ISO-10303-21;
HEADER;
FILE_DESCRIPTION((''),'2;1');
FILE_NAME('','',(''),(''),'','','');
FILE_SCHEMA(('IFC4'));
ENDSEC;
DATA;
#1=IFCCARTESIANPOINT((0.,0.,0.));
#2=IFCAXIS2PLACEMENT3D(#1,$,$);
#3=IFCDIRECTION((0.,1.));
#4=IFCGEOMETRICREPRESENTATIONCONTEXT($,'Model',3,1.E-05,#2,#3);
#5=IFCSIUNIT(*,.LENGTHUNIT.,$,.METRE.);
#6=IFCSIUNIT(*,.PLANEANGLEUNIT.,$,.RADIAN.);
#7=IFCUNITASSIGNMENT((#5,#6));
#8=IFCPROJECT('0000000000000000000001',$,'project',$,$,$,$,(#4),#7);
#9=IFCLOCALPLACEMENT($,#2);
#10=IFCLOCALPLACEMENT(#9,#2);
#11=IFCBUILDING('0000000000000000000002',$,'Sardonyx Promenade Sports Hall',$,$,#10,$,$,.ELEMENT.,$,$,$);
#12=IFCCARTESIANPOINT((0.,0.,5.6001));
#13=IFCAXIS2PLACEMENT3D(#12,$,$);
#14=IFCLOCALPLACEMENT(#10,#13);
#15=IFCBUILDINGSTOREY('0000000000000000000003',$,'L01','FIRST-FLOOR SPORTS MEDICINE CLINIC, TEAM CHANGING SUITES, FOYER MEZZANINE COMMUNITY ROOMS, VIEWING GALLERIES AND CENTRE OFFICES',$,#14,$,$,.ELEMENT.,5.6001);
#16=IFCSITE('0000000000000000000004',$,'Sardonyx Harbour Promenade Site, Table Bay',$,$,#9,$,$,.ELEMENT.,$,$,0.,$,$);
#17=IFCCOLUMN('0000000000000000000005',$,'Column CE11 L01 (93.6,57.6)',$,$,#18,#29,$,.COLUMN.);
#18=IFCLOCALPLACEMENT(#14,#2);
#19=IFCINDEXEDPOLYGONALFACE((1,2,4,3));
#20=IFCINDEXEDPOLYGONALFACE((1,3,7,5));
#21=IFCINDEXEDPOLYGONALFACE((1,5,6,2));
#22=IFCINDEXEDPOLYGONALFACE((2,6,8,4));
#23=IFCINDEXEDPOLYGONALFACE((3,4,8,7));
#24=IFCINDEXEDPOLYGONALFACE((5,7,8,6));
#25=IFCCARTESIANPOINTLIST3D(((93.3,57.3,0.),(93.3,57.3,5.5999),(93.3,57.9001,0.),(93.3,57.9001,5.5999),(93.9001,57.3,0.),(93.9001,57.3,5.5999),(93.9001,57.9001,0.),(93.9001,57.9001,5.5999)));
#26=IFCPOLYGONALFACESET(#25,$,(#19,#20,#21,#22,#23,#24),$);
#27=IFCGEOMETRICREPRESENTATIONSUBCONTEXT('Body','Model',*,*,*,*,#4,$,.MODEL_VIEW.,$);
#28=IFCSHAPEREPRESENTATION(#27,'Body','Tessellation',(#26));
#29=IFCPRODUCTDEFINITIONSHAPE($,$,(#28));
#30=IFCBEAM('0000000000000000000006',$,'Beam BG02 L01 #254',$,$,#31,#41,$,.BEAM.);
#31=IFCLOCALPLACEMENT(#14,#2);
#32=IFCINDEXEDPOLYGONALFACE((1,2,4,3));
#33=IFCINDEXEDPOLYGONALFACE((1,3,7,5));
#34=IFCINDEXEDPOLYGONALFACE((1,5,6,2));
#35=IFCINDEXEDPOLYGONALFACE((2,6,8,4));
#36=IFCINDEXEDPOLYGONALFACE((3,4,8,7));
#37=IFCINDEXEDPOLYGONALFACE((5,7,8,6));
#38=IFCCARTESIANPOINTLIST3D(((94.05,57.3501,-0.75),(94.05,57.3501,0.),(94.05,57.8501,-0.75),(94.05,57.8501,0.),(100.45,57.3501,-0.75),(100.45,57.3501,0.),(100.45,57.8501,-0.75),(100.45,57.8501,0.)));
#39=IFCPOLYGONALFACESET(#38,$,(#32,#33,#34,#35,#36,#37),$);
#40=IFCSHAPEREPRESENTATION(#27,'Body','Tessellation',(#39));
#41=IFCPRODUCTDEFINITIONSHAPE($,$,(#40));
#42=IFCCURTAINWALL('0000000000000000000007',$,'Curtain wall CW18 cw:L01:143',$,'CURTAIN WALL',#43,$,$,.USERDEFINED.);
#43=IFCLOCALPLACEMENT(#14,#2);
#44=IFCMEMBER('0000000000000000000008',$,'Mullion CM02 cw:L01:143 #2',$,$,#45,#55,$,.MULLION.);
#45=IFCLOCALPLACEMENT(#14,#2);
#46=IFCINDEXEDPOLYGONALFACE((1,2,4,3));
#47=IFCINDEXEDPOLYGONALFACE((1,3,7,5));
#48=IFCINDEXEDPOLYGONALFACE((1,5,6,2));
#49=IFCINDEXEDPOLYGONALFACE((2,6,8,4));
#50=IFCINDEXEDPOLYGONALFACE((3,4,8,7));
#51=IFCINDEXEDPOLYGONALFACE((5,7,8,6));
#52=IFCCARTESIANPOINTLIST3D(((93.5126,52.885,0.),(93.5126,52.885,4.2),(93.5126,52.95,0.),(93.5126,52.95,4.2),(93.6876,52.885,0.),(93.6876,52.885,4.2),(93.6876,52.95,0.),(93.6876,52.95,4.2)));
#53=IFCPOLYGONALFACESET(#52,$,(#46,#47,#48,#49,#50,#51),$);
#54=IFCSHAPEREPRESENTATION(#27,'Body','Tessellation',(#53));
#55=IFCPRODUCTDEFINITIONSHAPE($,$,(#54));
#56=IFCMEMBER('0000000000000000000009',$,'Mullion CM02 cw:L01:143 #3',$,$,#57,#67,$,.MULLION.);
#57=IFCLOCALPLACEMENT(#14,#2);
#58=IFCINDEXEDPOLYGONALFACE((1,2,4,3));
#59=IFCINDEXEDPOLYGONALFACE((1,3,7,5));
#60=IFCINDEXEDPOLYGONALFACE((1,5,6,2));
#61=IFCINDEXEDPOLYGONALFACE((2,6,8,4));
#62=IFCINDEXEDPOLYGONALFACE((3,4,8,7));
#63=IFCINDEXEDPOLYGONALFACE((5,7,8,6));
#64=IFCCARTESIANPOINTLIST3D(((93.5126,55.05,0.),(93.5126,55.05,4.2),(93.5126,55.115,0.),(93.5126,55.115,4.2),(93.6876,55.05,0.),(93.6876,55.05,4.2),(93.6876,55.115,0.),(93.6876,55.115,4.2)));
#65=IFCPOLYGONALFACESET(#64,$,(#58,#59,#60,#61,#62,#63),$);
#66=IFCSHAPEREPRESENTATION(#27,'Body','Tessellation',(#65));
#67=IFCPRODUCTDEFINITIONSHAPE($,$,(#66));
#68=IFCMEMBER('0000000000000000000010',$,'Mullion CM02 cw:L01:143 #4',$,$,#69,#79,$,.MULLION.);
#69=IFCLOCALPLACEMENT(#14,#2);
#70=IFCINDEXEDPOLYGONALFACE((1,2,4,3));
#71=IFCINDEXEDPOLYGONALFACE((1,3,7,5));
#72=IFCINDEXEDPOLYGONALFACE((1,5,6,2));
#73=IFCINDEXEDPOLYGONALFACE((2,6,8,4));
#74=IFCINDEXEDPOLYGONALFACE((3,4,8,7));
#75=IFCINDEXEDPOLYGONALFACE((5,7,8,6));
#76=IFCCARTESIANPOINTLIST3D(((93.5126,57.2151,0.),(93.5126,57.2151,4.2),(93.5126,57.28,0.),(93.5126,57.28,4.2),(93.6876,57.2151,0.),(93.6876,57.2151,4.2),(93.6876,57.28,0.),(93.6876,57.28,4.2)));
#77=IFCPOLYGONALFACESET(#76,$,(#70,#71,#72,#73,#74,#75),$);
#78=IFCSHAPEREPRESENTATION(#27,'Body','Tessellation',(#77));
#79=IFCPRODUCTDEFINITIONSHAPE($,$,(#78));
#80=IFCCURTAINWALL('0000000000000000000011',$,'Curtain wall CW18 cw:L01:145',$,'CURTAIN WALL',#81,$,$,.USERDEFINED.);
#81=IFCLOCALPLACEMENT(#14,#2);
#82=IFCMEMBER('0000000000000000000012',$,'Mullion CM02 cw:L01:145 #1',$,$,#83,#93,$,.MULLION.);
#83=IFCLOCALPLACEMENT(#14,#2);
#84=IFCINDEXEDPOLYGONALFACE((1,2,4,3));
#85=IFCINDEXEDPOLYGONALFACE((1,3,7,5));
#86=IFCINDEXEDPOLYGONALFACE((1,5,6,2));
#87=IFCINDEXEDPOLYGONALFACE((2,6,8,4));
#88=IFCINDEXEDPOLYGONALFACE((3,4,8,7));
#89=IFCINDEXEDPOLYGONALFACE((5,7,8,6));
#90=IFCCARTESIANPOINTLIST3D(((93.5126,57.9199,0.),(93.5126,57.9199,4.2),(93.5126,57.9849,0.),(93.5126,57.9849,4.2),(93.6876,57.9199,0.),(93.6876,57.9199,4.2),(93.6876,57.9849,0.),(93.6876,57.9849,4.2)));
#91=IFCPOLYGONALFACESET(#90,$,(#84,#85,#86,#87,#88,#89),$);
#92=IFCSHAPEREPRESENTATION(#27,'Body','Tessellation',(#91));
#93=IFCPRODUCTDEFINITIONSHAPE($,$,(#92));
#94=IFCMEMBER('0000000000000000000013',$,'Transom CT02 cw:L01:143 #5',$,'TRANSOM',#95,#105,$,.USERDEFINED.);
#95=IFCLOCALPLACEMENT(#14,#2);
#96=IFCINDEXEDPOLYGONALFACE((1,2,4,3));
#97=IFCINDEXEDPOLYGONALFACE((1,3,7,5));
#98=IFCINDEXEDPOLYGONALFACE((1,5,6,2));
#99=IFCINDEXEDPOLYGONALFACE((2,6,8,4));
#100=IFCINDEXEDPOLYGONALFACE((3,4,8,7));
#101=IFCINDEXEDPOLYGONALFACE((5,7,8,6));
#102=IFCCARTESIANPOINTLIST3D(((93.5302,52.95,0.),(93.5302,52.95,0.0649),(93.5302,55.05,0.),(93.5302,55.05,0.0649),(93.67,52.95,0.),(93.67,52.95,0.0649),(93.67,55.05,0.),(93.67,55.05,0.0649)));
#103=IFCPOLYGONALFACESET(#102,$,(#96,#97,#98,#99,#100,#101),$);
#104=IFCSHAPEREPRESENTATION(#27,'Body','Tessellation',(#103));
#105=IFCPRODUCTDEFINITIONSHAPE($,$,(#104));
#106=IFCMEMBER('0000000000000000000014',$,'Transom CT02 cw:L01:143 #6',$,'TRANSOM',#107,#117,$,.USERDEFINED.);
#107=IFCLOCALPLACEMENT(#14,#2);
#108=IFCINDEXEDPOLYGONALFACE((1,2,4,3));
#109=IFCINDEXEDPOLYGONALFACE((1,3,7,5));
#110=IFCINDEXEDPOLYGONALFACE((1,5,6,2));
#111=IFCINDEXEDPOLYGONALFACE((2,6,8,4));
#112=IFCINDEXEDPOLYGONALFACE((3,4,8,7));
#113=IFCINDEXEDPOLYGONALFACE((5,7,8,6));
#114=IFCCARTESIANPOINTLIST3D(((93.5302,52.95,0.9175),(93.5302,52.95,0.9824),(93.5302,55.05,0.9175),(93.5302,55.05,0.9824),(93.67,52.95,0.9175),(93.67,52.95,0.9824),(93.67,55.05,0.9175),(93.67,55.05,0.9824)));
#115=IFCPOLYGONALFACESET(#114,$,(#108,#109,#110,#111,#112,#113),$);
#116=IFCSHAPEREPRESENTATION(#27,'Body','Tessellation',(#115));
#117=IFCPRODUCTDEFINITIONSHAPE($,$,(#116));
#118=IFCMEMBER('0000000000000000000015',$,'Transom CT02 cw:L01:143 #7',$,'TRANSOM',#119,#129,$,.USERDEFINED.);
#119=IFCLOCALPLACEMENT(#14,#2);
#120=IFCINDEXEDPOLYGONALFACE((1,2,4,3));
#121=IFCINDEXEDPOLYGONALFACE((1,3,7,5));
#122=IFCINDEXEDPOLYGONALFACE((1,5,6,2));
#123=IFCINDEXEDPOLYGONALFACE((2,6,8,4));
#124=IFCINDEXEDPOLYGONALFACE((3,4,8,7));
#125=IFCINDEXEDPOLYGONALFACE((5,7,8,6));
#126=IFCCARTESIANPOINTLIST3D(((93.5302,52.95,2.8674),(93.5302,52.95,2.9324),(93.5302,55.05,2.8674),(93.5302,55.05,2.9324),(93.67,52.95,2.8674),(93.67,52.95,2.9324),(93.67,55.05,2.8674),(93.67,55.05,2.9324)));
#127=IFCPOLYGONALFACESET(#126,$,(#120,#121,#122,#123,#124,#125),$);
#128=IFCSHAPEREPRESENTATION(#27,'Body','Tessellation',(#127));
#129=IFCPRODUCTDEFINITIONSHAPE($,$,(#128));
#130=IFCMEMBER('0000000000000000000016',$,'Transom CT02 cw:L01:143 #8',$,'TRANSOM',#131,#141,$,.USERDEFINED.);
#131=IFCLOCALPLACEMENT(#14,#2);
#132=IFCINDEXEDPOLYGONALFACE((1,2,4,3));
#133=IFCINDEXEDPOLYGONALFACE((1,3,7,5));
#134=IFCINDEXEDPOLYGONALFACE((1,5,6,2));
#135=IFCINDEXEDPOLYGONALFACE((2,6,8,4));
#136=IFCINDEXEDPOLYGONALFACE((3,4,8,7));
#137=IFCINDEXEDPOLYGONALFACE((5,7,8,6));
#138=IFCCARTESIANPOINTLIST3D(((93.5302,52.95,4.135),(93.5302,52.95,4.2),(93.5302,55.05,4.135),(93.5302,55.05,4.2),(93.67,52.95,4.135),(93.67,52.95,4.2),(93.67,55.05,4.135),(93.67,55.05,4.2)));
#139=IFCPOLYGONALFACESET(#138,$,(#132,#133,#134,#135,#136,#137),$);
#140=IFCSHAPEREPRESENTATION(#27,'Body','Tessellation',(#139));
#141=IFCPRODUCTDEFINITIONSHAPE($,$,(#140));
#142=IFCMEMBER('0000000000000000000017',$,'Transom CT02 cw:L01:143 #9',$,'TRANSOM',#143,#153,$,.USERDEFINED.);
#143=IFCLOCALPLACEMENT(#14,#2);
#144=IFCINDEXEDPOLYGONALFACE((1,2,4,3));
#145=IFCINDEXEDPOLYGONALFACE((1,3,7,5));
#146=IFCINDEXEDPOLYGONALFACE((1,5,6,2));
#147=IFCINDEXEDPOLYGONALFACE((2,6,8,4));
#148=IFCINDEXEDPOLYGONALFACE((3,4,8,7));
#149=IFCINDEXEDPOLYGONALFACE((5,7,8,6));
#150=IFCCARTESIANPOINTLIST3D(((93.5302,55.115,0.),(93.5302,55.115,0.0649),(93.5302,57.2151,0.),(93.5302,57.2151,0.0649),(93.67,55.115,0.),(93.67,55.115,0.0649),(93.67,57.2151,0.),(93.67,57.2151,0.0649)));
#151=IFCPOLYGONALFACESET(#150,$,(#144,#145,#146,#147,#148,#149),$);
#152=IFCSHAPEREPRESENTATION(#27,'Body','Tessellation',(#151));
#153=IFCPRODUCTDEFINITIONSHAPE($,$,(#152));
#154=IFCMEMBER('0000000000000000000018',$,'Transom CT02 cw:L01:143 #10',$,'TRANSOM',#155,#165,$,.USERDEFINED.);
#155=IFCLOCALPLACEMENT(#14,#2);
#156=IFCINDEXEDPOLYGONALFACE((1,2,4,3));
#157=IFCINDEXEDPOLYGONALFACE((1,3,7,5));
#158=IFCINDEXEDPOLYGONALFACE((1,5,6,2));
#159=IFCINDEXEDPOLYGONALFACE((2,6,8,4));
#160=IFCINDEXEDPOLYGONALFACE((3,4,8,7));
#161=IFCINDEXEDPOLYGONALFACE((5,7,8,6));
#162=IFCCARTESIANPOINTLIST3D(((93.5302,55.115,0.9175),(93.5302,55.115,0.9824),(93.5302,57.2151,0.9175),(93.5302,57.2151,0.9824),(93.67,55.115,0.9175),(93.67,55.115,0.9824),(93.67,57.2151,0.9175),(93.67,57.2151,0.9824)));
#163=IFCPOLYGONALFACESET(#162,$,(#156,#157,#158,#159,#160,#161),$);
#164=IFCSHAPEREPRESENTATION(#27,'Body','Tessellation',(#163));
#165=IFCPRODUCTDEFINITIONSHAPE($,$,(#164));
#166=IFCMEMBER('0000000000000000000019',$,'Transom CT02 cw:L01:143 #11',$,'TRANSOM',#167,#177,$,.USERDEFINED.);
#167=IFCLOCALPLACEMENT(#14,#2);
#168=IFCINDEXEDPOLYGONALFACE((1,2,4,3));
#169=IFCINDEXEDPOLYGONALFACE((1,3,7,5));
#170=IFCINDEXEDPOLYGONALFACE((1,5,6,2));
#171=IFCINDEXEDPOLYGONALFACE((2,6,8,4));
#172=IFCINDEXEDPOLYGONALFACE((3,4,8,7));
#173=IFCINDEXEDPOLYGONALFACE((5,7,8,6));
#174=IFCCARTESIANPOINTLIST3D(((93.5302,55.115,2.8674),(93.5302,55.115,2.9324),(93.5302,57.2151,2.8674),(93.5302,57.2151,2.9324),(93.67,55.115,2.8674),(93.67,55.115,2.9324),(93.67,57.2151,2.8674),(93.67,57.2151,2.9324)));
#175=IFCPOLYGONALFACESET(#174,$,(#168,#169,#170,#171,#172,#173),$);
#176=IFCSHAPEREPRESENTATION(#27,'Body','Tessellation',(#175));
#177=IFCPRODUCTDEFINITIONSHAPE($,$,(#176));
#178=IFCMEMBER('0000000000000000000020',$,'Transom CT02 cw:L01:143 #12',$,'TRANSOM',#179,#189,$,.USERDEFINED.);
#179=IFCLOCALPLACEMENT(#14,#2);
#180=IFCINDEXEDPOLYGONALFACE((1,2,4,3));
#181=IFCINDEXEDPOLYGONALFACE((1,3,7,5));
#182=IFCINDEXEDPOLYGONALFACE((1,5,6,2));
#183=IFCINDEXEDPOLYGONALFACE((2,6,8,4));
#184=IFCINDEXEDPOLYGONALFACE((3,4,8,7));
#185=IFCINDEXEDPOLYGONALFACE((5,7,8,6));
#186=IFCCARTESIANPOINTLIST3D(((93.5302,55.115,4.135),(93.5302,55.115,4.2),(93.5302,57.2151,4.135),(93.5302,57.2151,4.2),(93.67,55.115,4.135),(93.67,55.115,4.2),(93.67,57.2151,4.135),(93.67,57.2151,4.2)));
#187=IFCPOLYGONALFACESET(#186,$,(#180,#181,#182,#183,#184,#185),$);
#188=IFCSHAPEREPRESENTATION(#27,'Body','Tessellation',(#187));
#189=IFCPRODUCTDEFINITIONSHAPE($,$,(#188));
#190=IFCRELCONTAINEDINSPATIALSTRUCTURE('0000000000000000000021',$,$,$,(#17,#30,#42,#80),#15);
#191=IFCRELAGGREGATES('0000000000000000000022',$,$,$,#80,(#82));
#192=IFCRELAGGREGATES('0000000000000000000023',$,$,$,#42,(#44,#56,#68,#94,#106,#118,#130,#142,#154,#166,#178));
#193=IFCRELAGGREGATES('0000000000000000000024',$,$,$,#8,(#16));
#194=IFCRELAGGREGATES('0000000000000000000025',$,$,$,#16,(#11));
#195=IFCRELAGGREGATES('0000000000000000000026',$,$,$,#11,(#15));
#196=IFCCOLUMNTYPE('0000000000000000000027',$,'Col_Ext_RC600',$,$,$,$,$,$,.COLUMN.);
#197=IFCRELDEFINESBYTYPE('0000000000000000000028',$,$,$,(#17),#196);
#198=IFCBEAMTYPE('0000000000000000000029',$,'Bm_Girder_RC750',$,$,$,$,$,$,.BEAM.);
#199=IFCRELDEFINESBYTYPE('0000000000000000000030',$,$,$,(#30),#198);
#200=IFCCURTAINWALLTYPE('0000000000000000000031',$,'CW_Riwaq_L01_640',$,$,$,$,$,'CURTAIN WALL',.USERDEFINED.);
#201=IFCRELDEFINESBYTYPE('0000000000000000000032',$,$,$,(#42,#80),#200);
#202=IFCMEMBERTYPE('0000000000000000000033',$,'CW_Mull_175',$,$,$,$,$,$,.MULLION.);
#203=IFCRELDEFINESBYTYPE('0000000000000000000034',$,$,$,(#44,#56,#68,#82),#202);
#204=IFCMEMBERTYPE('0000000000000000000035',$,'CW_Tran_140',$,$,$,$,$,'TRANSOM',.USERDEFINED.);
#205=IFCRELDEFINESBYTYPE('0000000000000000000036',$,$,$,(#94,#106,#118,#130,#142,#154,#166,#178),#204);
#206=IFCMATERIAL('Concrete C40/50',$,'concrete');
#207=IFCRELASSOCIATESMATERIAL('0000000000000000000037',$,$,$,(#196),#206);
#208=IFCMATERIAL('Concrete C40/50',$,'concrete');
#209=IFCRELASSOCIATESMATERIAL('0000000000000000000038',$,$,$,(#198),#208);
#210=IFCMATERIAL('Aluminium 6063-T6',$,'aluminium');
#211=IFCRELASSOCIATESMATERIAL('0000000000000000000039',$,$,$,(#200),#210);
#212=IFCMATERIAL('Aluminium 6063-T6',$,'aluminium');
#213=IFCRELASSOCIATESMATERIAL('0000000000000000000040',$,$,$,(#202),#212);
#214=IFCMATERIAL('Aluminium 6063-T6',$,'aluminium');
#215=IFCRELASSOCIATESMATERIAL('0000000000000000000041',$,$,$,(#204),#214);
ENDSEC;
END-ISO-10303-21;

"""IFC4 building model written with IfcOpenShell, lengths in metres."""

from ifc_helpers import new_model, si_unit, direction, frame, origin, origin_2d, place, context, subcontext, project, spatial, rectangle, extrude, material, material_profile, profile_set, type_object, element, aggregate, save


model = new_model("IFC4")

# Units and contexts
model_context = context("Model", 3, precision=1e-05, world=origin(), true_north=direction((0.0, 1.0)))
body_context = subcontext(model_context, "Body", "Model", "MODEL_VIEW")
ifc_project = project(units=[si_unit("LENGTHUNIT", "METRE"), si_unit("PLANEANGLEUNIT", "RADIAN")], contexts=[model_context])

# Site, building, storey
site_placement = place(None, origin())
site = spatial("IfcSite", under=ifc_project, at=site_placement, Name="Sardonyx Harbour Promenade Site, Table Bay", CompositionType="ELEMENT", RefElevation=0.0)
building_placement = place(site_placement, origin())
building = spatial("IfcBuilding", under=site, at=building_placement, Name="Sardonyx Promenade Sports Hall", CompositionType="ELEMENT")
storey_placement = place(building_placement, frame((0.0, 0.0, 5.6001)))
storey = spatial("IfcBuildingStorey", under=building, at=storey_placement, Name="L01", Description="FIRST-FLOOR SPORTS MEDICINE CLINIC, TEAM CHANGING SUITES, FOYER MEZZANINE COMMUNITY ROOMS, VIEWING GALLERIES AND CENTRE OFFICES", CompositionType="ELEMENT", Elevation=5.6001)

# Column
ifc_material_1 = material(Name="Concrete C40/50", Category="concrete")
ifc_material_profile_1 = material_profile(ifc_material_1, rectangle(XDim=0.6001, YDim=0.6001, at=origin_2d()))
ifc_profile_set_1 = profile_set([ifc_material_profile_1], Name="Concrete C40/50")
column_type = type_object("IfcColumnType", Name="Col_Ext_RC600", PredefinedType="COLUMN", material=ifc_profile_set_1)
column_placement = place(storey_placement, frame((93.6001, 57.6001, 0.0), z_axis=(0.0, 0.0, 1.0), x_axis=(1.0, 0.0, 0.0)))
element("IfcColumn", 1, at=column_placement, inside=storey, type_object=column_type, Name="Column CE11 L01 (93.6,57.6)", PredefinedType="COLUMN", context=body_context, shape_type="SweptSolid", body=[
    extrude(rectangle(XDim=0.6001, YDim=0.6001, at=origin_2d()), origin(), (0.0, 0.0, 1.0), 5.5999),
])

# Beam
ifc_material_2 = material(Name="Concrete C40/50", Category="concrete")
ifc_material_profile_2 = material_profile(ifc_material_2, rectangle(XDim=0.5, YDim=0.75, at=origin_2d()))
ifc_profile_set_2 = profile_set([ifc_material_profile_2], Name="Concrete C40/50")
beam_type = type_object("IfcBeamType", Name="Bm_Girder_RC750", PredefinedType="BEAM", material=ifc_profile_set_2)
beam_placement = place(storey_placement, frame((94.05, 57.6001, -0.375), z_axis=(1.0, 0.0, 0.0), x_axis=(0.0, 1.0, 0.0)))
element("IfcBeam", 2, at=beam_placement, inside=storey, type_object=beam_type, Name="Beam BG02 L01 #254", PredefinedType="BEAM", context=body_context, shape_type="SweptSolid", body=[
    extrude(rectangle(XDim=0.5, YDim=0.75, at=origin_2d()), origin(), (0.0, 0.0, 1.0), 6.3999),
])

# Curtain wall, members
ifc_material_3 = material(Name="Aluminium 6063-T6", Category="aluminium")
curtain_wall_type = type_object("IfcCurtainWallType", Name="CW_Riwaq_L01_640", ElementType="CURTAIN WALL", PredefinedType="USERDEFINED", material=ifc_material_3)
curtain_wall_1_placement = place(storey_placement, origin())
curtain_wall_1 = element("IfcCurtainWall", 3, at=curtain_wall_1_placement, inside=storey, type_object=curtain_wall_type, Name="Curtain wall CW18 cw:L01:143", ObjectType="CURTAIN WALL", PredefinedType="USERDEFINED")
ifc_material_4 = material(Name="Aluminium 6063-T6", Category="aluminium")
ifc_material_profile_3 = material_profile(ifc_material_4, rectangle(XDim=0.0649, YDim=0.175, at=origin_2d()))
ifc_profile_set_3 = profile_set([ifc_material_profile_3], Name="Aluminium 6063-T6")
member_type_1 = type_object("IfcMemberType", Name="CW_Mull_175", PredefinedType="MULLION", material=ifc_profile_set_3)
member_1_placement = place(storey_placement, frame((93.6001, 52.9175, 0.0), z_axis=(0.0, 0.0, 1.0), x_axis=(0.0, 1.0, 0.0)))
member_1 = element("IfcMember", 4, at=member_1_placement, type_object=member_type_1, Name="Mullion CM02 cw:L01:143 #2", PredefinedType="MULLION", context=body_context, shape_type="SweptSolid", body=[
    extrude(rectangle(XDim=0.0649, YDim=0.175, at=origin_2d()), origin(), (0.0, 0.0, 1.0), 4.2),
])
member_2_placement = place(storey_placement, frame((93.6001, 55.0825, 0.0), z_axis=(0.0, 0.0, 1.0), x_axis=(0.0, 1.0, 0.0)))
member_2 = element("IfcMember", 5, at=member_2_placement, type_object=member_type_1, Name="Mullion CM02 cw:L01:143 #3", PredefinedType="MULLION", context=body_context, shape_type="SweptSolid", body=[
    extrude(rectangle(XDim=0.0649, YDim=0.175, at=origin_2d()), origin(), (0.0, 0.0, 1.0), 4.2),
])
member_3_placement = place(storey_placement, frame((93.6001, 57.2476, 0.0), z_axis=(0.0, 0.0, 1.0), x_axis=(0.0, 1.0, 0.0)))
member_3 = element("IfcMember", 6, at=member_3_placement, type_object=member_type_1, Name="Mullion CM02 cw:L01:143 #4", PredefinedType="MULLION", context=body_context, shape_type="SweptSolid", body=[
    extrude(rectangle(XDim=0.0649, YDim=0.175, at=origin_2d()), origin(), (0.0, 0.0, 1.0), 4.2),
])

# Curtain wall, member
curtain_wall_2_placement = place(storey_placement, origin())
curtain_wall_2 = element("IfcCurtainWall", 7, at=curtain_wall_2_placement, inside=storey, type_object=curtain_wall_type, Name="Curtain wall CW18 cw:L01:145", ObjectType="CURTAIN WALL", PredefinedType="USERDEFINED")
member_4_placement = place(storey_placement, frame((93.6001, 57.9524, 0.0), z_axis=(0.0, 0.0, 1.0), x_axis=(0.0, 1.0, 0.0)))
member_4 = element("IfcMember", 8, at=member_4_placement, type_object=member_type_1, Name="Mullion CM02 cw:L01:145 #1", PredefinedType="MULLION", context=body_context, shape_type="SweptSolid", body=[
    extrude(rectangle(XDim=0.0649, YDim=0.175, at=origin_2d()), origin(), (0.0, 0.0, 1.0), 4.2),
])

# Members
ifc_material_5 = material(Name="Aluminium 6063-T6", Category="aluminium")
ifc_material_profile_4 = material_profile(ifc_material_5, rectangle(XDim=0.0649, YDim=0.1399, at=origin_2d()))
ifc_profile_set_4 = profile_set([ifc_material_profile_4], Name="Aluminium 6063-T6")
member_type_2 = type_object("IfcMemberType", Name="CW_Tran_140", ElementType="TRANSOM", PredefinedType="USERDEFINED", material=ifc_profile_set_4)
member_5_placement = place(storey_placement, frame((93.6001, 52.95, 0.0325), z_axis=(0.0, 1.0, 0.0), x_axis=(0.0, 0.0, 1.0)))
member_5 = element("IfcMember", 9, at=member_5_placement, type_object=member_type_2, Name="Transom CT02 cw:L01:143 #5", ObjectType="TRANSOM", PredefinedType="USERDEFINED", context=body_context, shape_type="SweptSolid", body=[
    extrude(rectangle(XDim=0.0649, YDim=0.1399, at=origin_2d()), origin(), (0.0, 0.0, 1.0), 2.1001),
])
member_6_placement = place(storey_placement, frame((93.6001, 52.95, 0.95), z_axis=(0.0, 1.0, 0.0), x_axis=(0.0, 0.0, 1.0)))
member_6 = element("IfcMember", 10, at=member_6_placement, type_object=member_type_2, Name="Transom CT02 cw:L01:143 #6", ObjectType="TRANSOM", PredefinedType="USERDEFINED", context=body_context, shape_type="SweptSolid", body=[
    extrude(rectangle(XDim=0.0649, YDim=0.1399, at=origin_2d()), origin(), (0.0, 0.0, 1.0), 2.1001),
])
member_7_placement = place(storey_placement, frame((93.6001, 52.95, 2.8999), z_axis=(0.0, 1.0, 0.0), x_axis=(0.0, 0.0, 1.0)))
member_7 = element("IfcMember", 11, at=member_7_placement, type_object=member_type_2, Name="Transom CT02 cw:L01:143 #7", ObjectType="TRANSOM", PredefinedType="USERDEFINED", context=body_context, shape_type="SweptSolid", body=[
    extrude(rectangle(XDim=0.0649, YDim=0.1399, at=origin_2d()), origin(), (0.0, 0.0, 1.0), 2.1001),
])
member_8_placement = place(storey_placement, frame((93.6001, 52.95, 4.1675), z_axis=(0.0, 1.0, 0.0), x_axis=(0.0, 0.0, 1.0)))
member_8 = element("IfcMember", 12, at=member_8_placement, type_object=member_type_2, Name="Transom CT02 cw:L01:143 #8", ObjectType="TRANSOM", PredefinedType="USERDEFINED", context=body_context, shape_type="SweptSolid", body=[
    extrude(rectangle(XDim=0.0649, YDim=0.1399, at=origin_2d()), origin(), (0.0, 0.0, 1.0), 2.1001),
])
member_9_placement = place(storey_placement, frame((93.6001, 55.115, 0.0325), z_axis=(0.0, 1.0, 0.0), x_axis=(0.0, 0.0, 1.0)))
member_9 = element("IfcMember", 13, at=member_9_placement, type_object=member_type_2, Name="Transom CT02 cw:L01:143 #9", ObjectType="TRANSOM", PredefinedType="USERDEFINED", context=body_context, shape_type="SweptSolid", body=[
    extrude(rectangle(XDim=0.0649, YDim=0.1399, at=origin_2d()), origin(), (0.0, 0.0, 1.0), 2.1001),
])
member_10_placement = place(storey_placement, frame((93.6001, 55.115, 0.95), z_axis=(0.0, 1.0, 0.0), x_axis=(0.0, 0.0, 1.0)))
member_10 = element("IfcMember", 14, at=member_10_placement, type_object=member_type_2, Name="Transom CT02 cw:L01:143 #10", ObjectType="TRANSOM", PredefinedType="USERDEFINED", context=body_context, shape_type="SweptSolid", body=[
    extrude(rectangle(XDim=0.0649, YDim=0.1399, at=origin_2d()), origin(), (0.0, 0.0, 1.0), 2.1001),
])
member_11_placement = place(storey_placement, frame((93.6001, 55.115, 2.8999), z_axis=(0.0, 1.0, 0.0), x_axis=(0.0, 0.0, 1.0)))
member_11 = element("IfcMember", 15, at=member_11_placement, type_object=member_type_2, Name="Transom CT02 cw:L01:143 #11", ObjectType="TRANSOM", PredefinedType="USERDEFINED", context=body_context, shape_type="SweptSolid", body=[
    extrude(rectangle(XDim=0.0649, YDim=0.1399, at=origin_2d()), origin(), (0.0, 0.0, 1.0), 2.1001),
])
member_12_placement = place(storey_placement, frame((93.6001, 55.115, 4.1675), z_axis=(0.0, 1.0, 0.0), x_axis=(0.0, 0.0, 1.0)))
member_12 = element("IfcMember", 16, at=member_12_placement, type_object=member_type_2, Name="Transom CT02 cw:L01:143 #12", ObjectType="TRANSOM", PredefinedType="USERDEFINED", context=body_context, shape_type="SweptSolid", body=[
    extrude(rectangle(XDim=0.0649, YDim=0.1399, at=origin_2d()), origin(), (0.0, 0.0, 1.0), 2.1001),
])
aggregate(curtain_wall_2, [member_4])

aggregate(curtain_wall_1, [member_1, member_2, member_3, member_5, member_6, member_7, member_8, member_9, member_10, member_11, member_12])

save(model, "model.ifc")
